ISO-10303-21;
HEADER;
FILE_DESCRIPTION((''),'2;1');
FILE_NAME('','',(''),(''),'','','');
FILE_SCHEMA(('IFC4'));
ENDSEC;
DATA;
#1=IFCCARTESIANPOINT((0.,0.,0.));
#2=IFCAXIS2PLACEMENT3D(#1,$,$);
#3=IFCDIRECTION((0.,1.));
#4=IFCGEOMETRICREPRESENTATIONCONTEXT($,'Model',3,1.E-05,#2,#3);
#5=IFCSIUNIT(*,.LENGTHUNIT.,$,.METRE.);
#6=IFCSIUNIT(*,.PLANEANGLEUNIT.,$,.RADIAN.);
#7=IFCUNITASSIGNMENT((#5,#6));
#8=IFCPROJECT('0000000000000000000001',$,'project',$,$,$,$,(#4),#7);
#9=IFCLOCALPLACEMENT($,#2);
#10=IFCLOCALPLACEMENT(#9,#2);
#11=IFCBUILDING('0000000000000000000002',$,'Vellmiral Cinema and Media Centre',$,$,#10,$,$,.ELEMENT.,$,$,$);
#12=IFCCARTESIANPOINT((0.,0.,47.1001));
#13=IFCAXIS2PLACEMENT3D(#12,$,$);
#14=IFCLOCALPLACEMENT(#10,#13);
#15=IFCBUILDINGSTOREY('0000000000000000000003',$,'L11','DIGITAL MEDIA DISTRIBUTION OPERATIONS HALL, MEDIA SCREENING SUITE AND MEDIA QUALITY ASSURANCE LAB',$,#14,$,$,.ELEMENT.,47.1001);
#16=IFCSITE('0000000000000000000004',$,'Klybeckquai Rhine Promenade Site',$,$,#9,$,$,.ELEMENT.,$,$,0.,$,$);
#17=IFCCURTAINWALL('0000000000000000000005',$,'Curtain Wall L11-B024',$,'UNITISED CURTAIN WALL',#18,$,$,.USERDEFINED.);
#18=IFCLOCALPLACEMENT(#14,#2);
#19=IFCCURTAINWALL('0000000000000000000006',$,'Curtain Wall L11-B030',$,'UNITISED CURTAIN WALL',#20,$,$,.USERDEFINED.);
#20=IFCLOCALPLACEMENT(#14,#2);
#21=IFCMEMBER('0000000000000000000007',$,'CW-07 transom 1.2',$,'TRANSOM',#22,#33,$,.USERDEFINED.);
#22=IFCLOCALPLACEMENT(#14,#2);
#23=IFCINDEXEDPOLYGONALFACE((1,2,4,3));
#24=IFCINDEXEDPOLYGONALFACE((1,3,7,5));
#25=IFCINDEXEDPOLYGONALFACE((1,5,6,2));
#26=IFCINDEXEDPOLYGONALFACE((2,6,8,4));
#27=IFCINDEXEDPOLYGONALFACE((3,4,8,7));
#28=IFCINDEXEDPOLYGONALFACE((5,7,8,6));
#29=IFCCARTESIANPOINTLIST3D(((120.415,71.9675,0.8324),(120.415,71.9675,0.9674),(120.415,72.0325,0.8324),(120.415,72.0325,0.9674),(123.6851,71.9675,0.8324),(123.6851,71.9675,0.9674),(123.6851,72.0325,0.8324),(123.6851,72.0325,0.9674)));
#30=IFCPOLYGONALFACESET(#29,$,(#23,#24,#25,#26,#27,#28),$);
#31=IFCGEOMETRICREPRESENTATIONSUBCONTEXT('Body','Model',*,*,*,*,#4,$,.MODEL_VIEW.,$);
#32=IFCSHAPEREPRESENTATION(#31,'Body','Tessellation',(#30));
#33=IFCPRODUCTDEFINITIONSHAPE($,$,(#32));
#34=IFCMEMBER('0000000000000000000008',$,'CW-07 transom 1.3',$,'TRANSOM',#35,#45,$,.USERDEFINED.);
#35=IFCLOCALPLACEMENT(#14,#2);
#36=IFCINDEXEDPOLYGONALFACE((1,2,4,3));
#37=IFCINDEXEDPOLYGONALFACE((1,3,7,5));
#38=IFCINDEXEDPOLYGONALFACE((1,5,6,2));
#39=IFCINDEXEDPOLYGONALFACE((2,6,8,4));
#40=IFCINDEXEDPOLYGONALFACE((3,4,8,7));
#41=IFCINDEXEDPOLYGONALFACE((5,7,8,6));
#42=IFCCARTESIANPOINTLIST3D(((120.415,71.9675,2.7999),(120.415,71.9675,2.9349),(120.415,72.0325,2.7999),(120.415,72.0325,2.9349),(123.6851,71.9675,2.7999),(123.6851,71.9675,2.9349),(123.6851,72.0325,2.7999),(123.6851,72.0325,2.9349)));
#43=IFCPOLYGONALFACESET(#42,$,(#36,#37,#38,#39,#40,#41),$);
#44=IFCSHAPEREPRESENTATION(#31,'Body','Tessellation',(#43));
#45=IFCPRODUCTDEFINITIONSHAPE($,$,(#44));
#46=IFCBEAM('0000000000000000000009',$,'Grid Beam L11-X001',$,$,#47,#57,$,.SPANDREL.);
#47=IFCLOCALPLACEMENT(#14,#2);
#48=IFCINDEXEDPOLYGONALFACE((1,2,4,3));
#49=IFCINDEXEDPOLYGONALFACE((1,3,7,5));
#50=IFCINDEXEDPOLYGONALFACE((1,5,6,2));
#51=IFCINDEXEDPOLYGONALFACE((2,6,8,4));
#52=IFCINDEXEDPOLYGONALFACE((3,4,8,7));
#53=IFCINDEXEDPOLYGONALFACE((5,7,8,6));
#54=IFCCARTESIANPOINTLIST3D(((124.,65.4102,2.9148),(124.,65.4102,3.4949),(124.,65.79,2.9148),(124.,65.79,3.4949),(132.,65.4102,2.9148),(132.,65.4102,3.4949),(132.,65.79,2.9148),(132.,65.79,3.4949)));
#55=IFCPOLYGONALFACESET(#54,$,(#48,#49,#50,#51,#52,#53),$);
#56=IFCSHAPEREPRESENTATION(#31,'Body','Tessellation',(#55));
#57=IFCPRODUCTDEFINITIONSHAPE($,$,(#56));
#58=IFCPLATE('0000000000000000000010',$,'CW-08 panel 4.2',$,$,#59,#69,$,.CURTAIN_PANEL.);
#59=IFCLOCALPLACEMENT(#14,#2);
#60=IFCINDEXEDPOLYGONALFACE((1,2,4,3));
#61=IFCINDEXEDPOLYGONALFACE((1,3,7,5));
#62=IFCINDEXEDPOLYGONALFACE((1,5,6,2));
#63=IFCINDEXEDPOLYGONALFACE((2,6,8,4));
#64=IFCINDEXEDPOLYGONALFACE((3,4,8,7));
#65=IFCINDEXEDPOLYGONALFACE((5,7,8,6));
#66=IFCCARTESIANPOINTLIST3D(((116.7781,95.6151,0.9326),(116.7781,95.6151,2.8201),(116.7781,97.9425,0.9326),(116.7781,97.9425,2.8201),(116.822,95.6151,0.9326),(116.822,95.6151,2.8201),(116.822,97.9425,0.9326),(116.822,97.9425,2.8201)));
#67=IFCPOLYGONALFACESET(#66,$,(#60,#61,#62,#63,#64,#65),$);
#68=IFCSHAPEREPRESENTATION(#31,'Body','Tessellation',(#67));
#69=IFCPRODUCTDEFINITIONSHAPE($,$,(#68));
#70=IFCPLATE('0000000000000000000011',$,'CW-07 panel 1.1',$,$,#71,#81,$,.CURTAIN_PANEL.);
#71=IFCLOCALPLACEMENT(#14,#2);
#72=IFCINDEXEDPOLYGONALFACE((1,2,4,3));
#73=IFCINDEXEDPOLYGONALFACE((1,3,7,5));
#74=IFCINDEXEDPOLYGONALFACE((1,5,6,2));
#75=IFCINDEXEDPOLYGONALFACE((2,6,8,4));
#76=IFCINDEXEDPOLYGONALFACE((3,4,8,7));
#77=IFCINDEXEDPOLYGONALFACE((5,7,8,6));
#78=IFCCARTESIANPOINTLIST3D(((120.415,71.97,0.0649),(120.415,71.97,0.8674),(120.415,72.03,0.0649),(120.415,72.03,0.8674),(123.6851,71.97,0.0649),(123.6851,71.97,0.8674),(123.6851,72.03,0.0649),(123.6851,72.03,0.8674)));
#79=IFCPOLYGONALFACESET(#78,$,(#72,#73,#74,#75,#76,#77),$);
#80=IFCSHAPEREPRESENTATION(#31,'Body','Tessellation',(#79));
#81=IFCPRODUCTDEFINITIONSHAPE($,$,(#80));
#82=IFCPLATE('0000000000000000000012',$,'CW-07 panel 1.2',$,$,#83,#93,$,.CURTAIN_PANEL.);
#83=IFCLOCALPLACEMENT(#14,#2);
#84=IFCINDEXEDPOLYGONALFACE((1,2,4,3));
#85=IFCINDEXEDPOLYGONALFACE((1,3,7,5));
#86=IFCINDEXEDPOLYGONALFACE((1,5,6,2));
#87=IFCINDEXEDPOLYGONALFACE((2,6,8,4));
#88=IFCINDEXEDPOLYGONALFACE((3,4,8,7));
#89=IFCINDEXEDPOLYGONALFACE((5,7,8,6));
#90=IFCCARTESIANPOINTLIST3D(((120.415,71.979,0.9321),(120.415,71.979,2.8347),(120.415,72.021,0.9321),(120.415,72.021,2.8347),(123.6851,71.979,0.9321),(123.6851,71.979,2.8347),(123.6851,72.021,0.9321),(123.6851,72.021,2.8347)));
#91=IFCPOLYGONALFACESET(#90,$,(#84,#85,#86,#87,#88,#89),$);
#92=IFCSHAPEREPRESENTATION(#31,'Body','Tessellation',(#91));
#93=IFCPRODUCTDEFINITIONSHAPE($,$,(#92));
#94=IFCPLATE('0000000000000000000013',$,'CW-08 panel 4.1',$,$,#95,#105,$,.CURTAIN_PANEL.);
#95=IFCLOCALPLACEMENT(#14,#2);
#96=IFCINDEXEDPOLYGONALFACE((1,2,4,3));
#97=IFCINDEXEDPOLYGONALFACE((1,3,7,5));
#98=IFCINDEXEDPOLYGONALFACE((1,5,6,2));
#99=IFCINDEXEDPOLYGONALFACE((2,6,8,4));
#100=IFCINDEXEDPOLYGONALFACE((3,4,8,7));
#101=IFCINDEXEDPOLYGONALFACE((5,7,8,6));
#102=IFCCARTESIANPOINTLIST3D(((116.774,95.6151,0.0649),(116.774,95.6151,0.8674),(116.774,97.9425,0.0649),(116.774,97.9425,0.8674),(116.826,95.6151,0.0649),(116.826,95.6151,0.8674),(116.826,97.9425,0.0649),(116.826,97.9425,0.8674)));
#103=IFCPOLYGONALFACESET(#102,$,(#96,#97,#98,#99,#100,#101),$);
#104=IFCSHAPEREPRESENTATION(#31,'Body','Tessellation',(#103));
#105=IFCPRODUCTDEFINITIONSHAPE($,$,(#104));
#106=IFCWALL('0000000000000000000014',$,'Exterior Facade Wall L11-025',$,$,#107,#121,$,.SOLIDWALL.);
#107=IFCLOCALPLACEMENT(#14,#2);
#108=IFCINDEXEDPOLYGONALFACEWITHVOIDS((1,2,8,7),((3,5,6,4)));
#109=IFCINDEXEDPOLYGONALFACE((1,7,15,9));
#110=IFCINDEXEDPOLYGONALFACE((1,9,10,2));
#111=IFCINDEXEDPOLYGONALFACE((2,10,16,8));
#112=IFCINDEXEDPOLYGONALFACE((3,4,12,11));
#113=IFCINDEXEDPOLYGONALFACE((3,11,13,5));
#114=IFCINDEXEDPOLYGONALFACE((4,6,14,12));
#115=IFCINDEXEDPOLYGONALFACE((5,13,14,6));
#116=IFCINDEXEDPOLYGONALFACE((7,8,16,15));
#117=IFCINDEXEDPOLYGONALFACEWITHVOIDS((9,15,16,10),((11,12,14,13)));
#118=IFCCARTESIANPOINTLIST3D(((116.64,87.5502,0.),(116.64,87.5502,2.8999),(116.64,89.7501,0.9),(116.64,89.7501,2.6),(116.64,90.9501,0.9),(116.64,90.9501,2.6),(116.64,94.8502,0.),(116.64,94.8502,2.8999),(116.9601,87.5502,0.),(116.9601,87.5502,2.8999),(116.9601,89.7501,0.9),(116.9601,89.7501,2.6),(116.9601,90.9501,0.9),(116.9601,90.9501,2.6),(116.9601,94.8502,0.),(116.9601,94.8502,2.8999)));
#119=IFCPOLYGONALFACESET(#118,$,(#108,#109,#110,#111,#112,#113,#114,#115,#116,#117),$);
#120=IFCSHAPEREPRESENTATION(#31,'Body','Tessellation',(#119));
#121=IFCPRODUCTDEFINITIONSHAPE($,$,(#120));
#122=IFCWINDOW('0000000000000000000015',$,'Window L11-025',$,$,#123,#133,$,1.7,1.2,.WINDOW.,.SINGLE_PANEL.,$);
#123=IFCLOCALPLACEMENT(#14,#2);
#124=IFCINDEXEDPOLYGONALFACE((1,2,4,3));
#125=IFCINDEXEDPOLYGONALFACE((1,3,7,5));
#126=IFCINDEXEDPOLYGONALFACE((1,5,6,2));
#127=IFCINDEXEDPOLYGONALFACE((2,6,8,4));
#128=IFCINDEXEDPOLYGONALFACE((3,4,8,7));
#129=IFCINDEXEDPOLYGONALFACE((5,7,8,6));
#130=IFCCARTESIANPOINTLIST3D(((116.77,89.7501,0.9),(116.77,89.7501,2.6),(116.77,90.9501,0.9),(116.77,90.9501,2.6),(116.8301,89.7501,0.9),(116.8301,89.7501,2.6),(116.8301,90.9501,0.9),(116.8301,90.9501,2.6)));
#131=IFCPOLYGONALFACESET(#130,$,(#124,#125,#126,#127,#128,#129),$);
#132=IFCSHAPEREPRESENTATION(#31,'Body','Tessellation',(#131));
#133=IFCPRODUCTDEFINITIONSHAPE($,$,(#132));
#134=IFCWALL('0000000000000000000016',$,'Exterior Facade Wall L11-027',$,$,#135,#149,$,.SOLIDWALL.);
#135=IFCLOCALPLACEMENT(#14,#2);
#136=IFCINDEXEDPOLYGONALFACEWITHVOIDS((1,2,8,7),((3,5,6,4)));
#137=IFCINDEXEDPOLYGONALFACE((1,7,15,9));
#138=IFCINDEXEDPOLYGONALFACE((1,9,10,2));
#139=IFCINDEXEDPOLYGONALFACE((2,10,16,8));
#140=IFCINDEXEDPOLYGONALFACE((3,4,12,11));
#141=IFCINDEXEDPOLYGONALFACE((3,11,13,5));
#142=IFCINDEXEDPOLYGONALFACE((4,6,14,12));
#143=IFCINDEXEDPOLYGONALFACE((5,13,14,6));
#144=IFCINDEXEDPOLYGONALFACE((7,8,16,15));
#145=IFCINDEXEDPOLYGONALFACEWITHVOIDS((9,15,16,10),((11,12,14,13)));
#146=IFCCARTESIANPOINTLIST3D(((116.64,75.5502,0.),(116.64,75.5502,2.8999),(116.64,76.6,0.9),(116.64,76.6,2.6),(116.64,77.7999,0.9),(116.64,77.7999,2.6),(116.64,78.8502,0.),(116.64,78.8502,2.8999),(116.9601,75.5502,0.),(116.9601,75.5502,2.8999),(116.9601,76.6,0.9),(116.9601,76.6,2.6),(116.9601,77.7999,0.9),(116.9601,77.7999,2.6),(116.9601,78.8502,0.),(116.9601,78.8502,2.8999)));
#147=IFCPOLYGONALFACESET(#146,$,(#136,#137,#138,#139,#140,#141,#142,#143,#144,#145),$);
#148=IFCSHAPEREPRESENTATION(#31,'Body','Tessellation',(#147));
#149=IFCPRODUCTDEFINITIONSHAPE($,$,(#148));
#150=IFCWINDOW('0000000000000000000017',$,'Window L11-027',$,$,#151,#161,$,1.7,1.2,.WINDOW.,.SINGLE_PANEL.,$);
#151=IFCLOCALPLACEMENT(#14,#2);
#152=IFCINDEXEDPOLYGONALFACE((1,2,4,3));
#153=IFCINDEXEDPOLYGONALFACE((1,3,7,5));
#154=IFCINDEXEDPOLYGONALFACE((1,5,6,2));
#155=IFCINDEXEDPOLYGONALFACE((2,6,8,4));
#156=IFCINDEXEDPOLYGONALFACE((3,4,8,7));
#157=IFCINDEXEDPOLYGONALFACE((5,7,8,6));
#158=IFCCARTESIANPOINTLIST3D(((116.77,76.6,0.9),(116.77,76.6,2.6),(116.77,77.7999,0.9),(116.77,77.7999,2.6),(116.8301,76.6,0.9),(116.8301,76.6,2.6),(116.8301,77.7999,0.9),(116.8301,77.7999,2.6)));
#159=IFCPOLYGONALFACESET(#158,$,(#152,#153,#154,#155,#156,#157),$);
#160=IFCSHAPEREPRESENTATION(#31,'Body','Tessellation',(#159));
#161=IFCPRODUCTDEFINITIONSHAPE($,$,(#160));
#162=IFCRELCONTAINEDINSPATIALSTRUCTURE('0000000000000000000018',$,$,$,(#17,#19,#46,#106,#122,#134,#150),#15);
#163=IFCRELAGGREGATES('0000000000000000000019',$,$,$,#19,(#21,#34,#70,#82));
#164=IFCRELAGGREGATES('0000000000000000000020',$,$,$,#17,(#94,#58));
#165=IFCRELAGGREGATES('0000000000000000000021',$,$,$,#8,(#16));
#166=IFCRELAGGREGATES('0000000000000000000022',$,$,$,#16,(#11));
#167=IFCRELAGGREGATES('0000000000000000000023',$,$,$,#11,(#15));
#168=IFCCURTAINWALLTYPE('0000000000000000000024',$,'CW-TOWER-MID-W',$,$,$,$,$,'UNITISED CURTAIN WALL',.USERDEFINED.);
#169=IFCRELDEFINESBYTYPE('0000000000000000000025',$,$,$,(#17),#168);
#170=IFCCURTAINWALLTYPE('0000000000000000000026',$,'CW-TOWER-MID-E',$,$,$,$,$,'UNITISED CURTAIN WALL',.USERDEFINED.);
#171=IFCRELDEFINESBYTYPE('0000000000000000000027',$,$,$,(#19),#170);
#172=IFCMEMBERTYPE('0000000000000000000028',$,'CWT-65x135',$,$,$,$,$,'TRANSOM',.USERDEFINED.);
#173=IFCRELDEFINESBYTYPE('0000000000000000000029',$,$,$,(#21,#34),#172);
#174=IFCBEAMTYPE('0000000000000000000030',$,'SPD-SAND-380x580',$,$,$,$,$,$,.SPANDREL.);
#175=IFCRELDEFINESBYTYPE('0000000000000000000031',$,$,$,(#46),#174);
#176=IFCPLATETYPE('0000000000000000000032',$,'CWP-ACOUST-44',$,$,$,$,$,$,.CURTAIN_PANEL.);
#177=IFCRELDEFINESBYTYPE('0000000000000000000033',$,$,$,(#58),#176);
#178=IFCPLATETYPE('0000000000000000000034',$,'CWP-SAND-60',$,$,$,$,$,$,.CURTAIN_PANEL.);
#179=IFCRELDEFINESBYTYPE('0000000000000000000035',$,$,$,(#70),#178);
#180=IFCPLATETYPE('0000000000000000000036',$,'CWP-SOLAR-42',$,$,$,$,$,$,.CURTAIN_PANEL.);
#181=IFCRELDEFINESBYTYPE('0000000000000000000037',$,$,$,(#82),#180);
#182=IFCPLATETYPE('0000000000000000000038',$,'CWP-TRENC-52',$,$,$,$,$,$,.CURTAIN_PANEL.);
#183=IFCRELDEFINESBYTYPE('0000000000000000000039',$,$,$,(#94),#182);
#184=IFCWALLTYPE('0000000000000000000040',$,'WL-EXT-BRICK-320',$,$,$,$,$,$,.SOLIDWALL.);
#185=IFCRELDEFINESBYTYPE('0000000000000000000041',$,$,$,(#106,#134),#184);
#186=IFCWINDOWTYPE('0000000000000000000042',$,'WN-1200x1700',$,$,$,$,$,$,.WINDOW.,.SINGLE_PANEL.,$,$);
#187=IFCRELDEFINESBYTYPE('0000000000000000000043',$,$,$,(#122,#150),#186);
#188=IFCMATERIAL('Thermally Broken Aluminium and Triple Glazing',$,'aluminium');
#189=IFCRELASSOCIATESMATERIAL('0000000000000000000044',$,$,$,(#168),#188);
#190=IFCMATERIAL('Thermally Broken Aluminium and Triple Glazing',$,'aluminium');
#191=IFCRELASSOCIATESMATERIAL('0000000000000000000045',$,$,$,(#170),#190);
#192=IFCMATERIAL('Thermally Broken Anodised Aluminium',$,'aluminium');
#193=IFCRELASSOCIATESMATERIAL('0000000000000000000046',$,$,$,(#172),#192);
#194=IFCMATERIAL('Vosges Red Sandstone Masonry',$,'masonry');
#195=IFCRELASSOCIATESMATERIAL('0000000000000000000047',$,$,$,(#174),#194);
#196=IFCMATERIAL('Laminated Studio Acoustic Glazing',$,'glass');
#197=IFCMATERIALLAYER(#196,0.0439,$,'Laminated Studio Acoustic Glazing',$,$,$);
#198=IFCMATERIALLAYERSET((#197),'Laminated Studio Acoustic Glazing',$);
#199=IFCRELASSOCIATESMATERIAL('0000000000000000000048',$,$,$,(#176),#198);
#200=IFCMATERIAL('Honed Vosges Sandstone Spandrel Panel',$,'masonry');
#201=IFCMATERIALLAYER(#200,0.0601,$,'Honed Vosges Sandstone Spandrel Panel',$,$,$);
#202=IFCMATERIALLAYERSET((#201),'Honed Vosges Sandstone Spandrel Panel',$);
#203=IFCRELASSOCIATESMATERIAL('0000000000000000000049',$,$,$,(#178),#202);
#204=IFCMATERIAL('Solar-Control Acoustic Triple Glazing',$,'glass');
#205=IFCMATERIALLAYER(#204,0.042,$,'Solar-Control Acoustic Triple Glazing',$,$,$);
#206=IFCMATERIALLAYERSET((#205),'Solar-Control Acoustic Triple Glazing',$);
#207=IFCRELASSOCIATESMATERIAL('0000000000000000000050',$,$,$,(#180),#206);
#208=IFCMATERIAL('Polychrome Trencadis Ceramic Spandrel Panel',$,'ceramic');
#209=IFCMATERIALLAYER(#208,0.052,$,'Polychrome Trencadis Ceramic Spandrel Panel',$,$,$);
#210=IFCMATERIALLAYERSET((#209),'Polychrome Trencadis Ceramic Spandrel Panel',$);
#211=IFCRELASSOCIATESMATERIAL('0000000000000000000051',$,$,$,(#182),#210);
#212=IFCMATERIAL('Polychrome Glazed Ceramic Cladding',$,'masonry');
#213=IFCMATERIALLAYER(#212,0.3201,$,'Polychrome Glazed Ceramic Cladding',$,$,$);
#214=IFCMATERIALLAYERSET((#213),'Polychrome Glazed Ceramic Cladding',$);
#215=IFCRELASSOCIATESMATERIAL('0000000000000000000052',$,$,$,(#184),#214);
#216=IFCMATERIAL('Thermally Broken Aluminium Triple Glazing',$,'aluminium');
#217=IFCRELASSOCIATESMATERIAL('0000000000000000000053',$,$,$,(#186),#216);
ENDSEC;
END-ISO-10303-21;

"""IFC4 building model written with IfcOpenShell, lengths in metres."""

from ifc_helpers import new_model, si_unit, direction, frame, frame_2d, origin, origin_2d, place, context, subcontext, project, spatial, rectangle, extrude, material, layer, layer_set, material_profile, profile_set, type_object, element, fill, aggregate, save


model = new_model("IFC4")

# Units and contexts
model_context = context("Model", 3, precision=1e-05, world=origin(), true_north=direction((0.0, 1.0)))
body_context = subcontext(model_context, "Body", "Model", "MODEL_VIEW")
ifc_project = project(units=[si_unit("LENGTHUNIT", "METRE"), si_unit("PLANEANGLEUNIT", "RADIAN")], contexts=[model_context])

# Site, building, storey
site_placement = place(None, origin())
site = spatial("IfcSite", under=ifc_project, at=site_placement, Name="Klybeckquai Rhine Promenade Site", CompositionType="ELEMENT", RefElevation=0.0)
building_placement = place(site_placement, origin())
building = spatial("IfcBuilding", under=site, at=building_placement, Name="Vellmiral Cinema and Media Centre", CompositionType="ELEMENT")
storey_placement = place(building_placement, frame((0.0, 0.0, 47.1001)))
storey = spatial("IfcBuildingStorey", under=building, at=storey_placement, Name="L11", Description="DIGITAL MEDIA DISTRIBUTION OPERATIONS HALL, MEDIA SCREENING SUITE AND MEDIA QUALITY ASSURANCE LAB", CompositionType="ELEMENT", Elevation=47.1001)

# Curtain wall
ifc_material_1 = material(Name="Thermally Broken Aluminium and Triple Glazing", Category="aluminium")
curtain_wall_type_1 = type_object("IfcCurtainWallType", Name="CW-TOWER-MID-W", ElementType="UNITISED CURTAIN WALL", PredefinedType="USERDEFINED", material=ifc_material_1)
curtain_wall_1_placement = place(storey_placement, origin())
curtain_wall_1 = element("IfcCurtainWall", 1, at=curtain_wall_1_placement, inside=storey, type_object=curtain_wall_type_1, Name="Curtain Wall L11-B024", ObjectType="UNITISED CURTAIN WALL", PredefinedType="USERDEFINED")

# Curtain wall
ifc_material_2 = material(Name="Thermally Broken Aluminium and Triple Glazing", Category="aluminium")
curtain_wall_type_2 = type_object("IfcCurtainWallType", Name="CW-TOWER-MID-E", ElementType="UNITISED CURTAIN WALL", PredefinedType="USERDEFINED", material=ifc_material_2)
curtain_wall_2_placement = place(storey_placement, origin())
curtain_wall_2 = element("IfcCurtainWall", 2, at=curtain_wall_2_placement, inside=storey, type_object=curtain_wall_type_2, Name="Curtain Wall L11-B030", ObjectType="UNITISED CURTAIN WALL", PredefinedType="USERDEFINED")

# Members
ifc_material_3 = material(Name="Thermally Broken Anodised Aluminium", Category="aluminium")
ifc_material_profile_1 = material_profile(ifc_material_3, rectangle(XDim=0.0649, YDim=0.135, at=origin_2d()), Name="MULL 65x135")
ifc_profile_set_1 = profile_set([ifc_material_profile_1], Name="Thermally Broken Anodised Aluminium")
member_type_1 = type_object("IfcMemberType", Name="CWT-65x135", ElementType="TRANSOM", PredefinedType="USERDEFINED", material=ifc_profile_set_1)
member_1_placement = place(storey_placement, frame((120.415, 72.0, 0.8999), z_axis=(1.0, 0.0, 0.0), x_axis=(0.0, 1.0, 0.0)))
member_1 = element("IfcMember", 3, at=member_1_placement, type_object=member_type_1, Name="CW-07 transom 1.2", ObjectType="TRANSOM", PredefinedType="USERDEFINED", context=body_context, shape_type="SweptSolid", body=[
    extrude(rectangle(XDim=0.0649, YDim=0.135, at=origin_2d()), origin(), (0.0, 0.0, 1.0), 3.27),
])
member_2_placement = place(storey_placement, frame((120.415, 72.0, 2.8674), z_axis=(1.0, 0.0, 0.0), x_axis=(0.0, 1.0, 0.0)))
member_2 = element("IfcMember", 4, at=member_2_placement, type_object=member_type_1, Name="CW-07 transom 1.3", ObjectType="TRANSOM", PredefinedType="USERDEFINED", context=body_context, shape_type="SweptSolid", body=[
    extrude(rectangle(XDim=0.0649, YDim=0.135, at=origin_2d()), origin(), (0.0, 0.0, 1.0), 3.27),
])

# Beam
ifc_material_4 = material(Name="Vosges Red Sandstone Masonry", Category="masonry")
ifc_material_profile_2 = material_profile(ifc_material_4, rectangle(XDim=0.3799, YDim=0.5801, at=origin_2d()), Name="SAND 380x580")
ifc_profile_set_2 = profile_set([ifc_material_profile_2], Name="Vosges Red Sandstone Masonry")
beam_type = type_object("IfcBeamType", Name="SPD-SAND-380x580", PredefinedType="SPANDREL", material=ifc_profile_set_2)
beam_placement = place(storey_placement, frame((124.0, 65.6001, 3.2048), z_axis=(1.0, 0.0, 0.0), x_axis=(0.0, 1.0, 0.0)))
element("IfcBeam", 5, at=beam_placement, inside=storey, type_object=beam_type, Name="Grid Beam L11-X001", PredefinedType="SPANDREL", context=body_context, shape_type="SweptSolid", body=[
    extrude(rectangle(XDim=0.3799, YDim=0.5801, at=origin_2d()), origin(), (0.0, 0.0, 1.0), 8.0),
])

# Plates
ifc_material_5 = material(Name="Laminated Studio Acoustic Glazing", Category="glass")
ifc_layer_1 = layer(ifc_material_5, 0.0439, Name="Laminated Studio Acoustic Glazing")
ifc_layer_set_1 = layer_set([ifc_layer_1], Name="Laminated Studio Acoustic Glazing")
plate_type_1 = type_object("IfcPlateType", Name="CWP-ACOUST-44", PredefinedType="CURTAIN_PANEL", material=ifc_layer_set_1)
plate_1_placement = place(storey_placement, frame((116.8, 96.7788, 0.9326), z_axis=(0.0, 0.0, 1.0), x_axis=(0.0, -1.0, 0.0)))
plate_1 = element("IfcPlate", 6, at=plate_1_placement, type_object=plate_type_1, Name="CW-08 panel 4.2", PredefinedType="CURTAIN_PANEL", context=body_context, shape_type="SweptSolid", body=[
    extrude(rectangle(XDim=2.3274, YDim=0.0439, at=origin_2d()), origin(), (0.0, 0.0, 1.0), 1.8875),
])
ifc_material_6 = material(Name="Honed Vosges Sandstone Spandrel Panel", Category="masonry")
ifc_layer_2 = layer(ifc_material_6, 0.0601, Name="Honed Vosges Sandstone Spandrel Panel")
ifc_layer_set_2 = layer_set([ifc_layer_2], Name="Honed Vosges Sandstone Spandrel Panel")
plate_type_2 = type_object("IfcPlateType", Name="CWP-SAND-60", PredefinedType="CURTAIN_PANEL", material=ifc_layer_set_2)
plate_2_placement = place(storey_placement, frame((122.05, 72.0, 0.0649), z_axis=(0.0, 0.0, 1.0), x_axis=(1.0, 0.0, 0.0)))
plate_2 = element("IfcPlate", 7, at=plate_2_placement, type_object=plate_type_2, Name="CW-07 panel 1.1", PredefinedType="CURTAIN_PANEL", context=body_context, shape_type="SweptSolid", body=[
    extrude(rectangle(XDim=3.27, YDim=0.0601, at=origin_2d()), origin(), (0.0, 0.0, 1.0), 0.8025),
])
ifc_material_7 = material(Name="Solar-Control Acoustic Triple Glazing", Category="glass")
ifc_layer_3 = layer(ifc_material_7, 0.042, Name="Solar-Control Acoustic Triple Glazing")
ifc_layer_set_3 = layer_set([ifc_layer_3], Name="Solar-Control Acoustic Triple Glazing")
plate_type_3 = type_object("IfcPlateType", Name="CWP-SOLAR-42", PredefinedType="CURTAIN_PANEL", material=ifc_layer_set_3)
plate_3_placement = place(storey_placement, frame((122.05, 72.0, 0.9321), z_axis=(0.0, 0.0, 1.0), x_axis=(1.0, 0.0, 0.0)))
plate_3 = element("IfcPlate", 8, at=plate_3_placement, type_object=plate_type_3, Name="CW-07 panel 1.2", PredefinedType="CURTAIN_PANEL", context=body_context, shape_type="SweptSolid", body=[
    extrude(rectangle(XDim=3.27, YDim=0.042, at=origin_2d()), origin(), (0.0, 0.0, 1.0), 1.9026),
])
aggregate(curtain_wall_2, [member_1, member_2, plate_2, plate_3])
ifc_material_8 = material(Name="Polychrome Trencadis Ceramic Spandrel Panel", Category="ceramic")
ifc_layer_4 = layer(ifc_material_8, 0.052, Name="Polychrome Trencadis Ceramic Spandrel Panel")
ifc_layer_set_4 = layer_set([ifc_layer_4], Name="Polychrome Trencadis Ceramic Spandrel Panel")
plate_type_4 = type_object("IfcPlateType", Name="CWP-TRENC-52", PredefinedType="CURTAIN_PANEL", material=ifc_layer_set_4)
plate_4_placement = place(storey_placement, frame((116.8, 96.7788, 0.0649), z_axis=(0.0, 0.0, 1.0), x_axis=(0.0, -1.0, 0.0)))
plate_4 = element("IfcPlate", 9, at=plate_4_placement, type_object=plate_type_4, Name="CW-08 panel 4.1", PredefinedType="CURTAIN_PANEL", context=body_context, shape_type="SweptSolid", body=[
    extrude(rectangle(XDim=2.3274, YDim=0.052, at=origin_2d()), origin(), (0.0, 0.0, 1.0), 0.8025),
])
aggregate(curtain_wall_1, [plate_4, plate_1])

# Walls, openings, windows
ifc_material_9 = material(Name="Polychrome Glazed Ceramic Cladding", Category="masonry")
ifc_layer_5 = layer(ifc_material_9, 0.3201, Name="Polychrome Glazed Ceramic Cladding")
ifc_layer_set_5 = layer_set([ifc_layer_5], Name="Polychrome Glazed Ceramic Cladding")
wall_type_1 = type_object("IfcWallType", Name="WL-EXT-BRICK-320", PredefinedType="SOLIDWALL", material=ifc_layer_set_5)
wall_1_placement = place(storey_placement, frame((116.8, 94.8501, 0.0), z_axis=(0.0, 0.0, 1.0), x_axis=(0.0, -1.0, 0.0)))
wall_1 = element("IfcWall", 10, at=wall_1_placement, inside=storey, type_object=wall_type_1, Name="Exterior Facade Wall L11-025", PredefinedType="SOLIDWALL", context=body_context, shape_type="SweptSolid", body=[
    extrude(rectangle(XDim=7.3, YDim=0.3201, at=frame_2d((3.6499, 0.0))), origin(), (0.0, 0.0, 1.0), 2.8999),
])
opening_1_placement = place(wall_1_placement, frame((3.8999, 0.0, 0.8999)))
opening_1 = element("IfcOpeningElement", 11, at=opening_1_placement, cuts=wall_1, PredefinedType="OPENING", context=body_context, shape_type="SweptSolid", body=[
    extrude(rectangle(XDim=1.2, YDim=1.7, at=frame_2d((0.6001, 0.8501))), frame((0.0, 0.1719, 0.0), z_axis=(0.0, -1.0, 0.0), x_axis=(1.0, 0.0, 0.0)), (0.0, 0.0, 1.0), 0.344),
])
ifc_material_10 = material(Name="Thermally Broken Aluminium Triple Glazing", Category="aluminium")
window_type = type_object("IfcWindowType", Name="WN-1200x1700", PartitioningType="SINGLE_PANEL", PredefinedType="WINDOW", material=ifc_material_10)
window_1_placement = place(opening_1_placement, origin())
window_1 = element("IfcWindow", 12, at=window_1_placement, inside=storey, type_object=window_type, Name="Window L11-025", OverallHeight=1.7, OverallWidth=1.2, PartitioningType="SINGLE_PANEL", PredefinedType="WINDOW", context=body_context, shape_type="SweptSolid", body=[
    extrude(rectangle(XDim=1.2, YDim=1.7, at=frame_2d((0.6001, 0.8501))), frame((0.0, 0.03, 0.0), z_axis=(0.0, -1.0, 0.0), x_axis=(1.0, 0.0, 0.0)), (0.0, 0.0, 1.0), 0.0601),
])
fill(opening_1, window_1)
wall_2_placement = place(storey_placement, frame((116.8, 78.8501, 0.0), z_axis=(0.0, 0.0, 1.0), x_axis=(0.0, -1.0, 0.0)))
wall_2 = element("IfcWall", 13, at=wall_2_placement, inside=storey, type_object=wall_type_1, Name="Exterior Facade Wall L11-027", PredefinedType="SOLIDWALL", context=body_context, shape_type="SweptSolid", body=[
    extrude(rectangle(XDim=3.3, YDim=0.3201, at=frame_2d((1.6499, 0.0))), origin(), (0.0, 0.0, 1.0), 2.8999),
])
opening_2_placement = place(wall_2_placement, frame((1.05, 0.0, 0.8999)))
opening_2 = element("IfcOpeningElement", 14, at=opening_2_placement, cuts=wall_2, PredefinedType="OPENING", context=body_context, shape_type="SweptSolid", body=[
    extrude(rectangle(XDim=1.2, YDim=1.7, at=frame_2d((0.6001, 0.8501))), frame((0.0, 0.1719, 0.0), z_axis=(0.0, -1.0, 0.0), x_axis=(1.0, 0.0, 0.0)), (0.0, 0.0, 1.0), 0.344),
])
window_2_placement = place(opening_2_placement, origin())
window_2 = element("IfcWindow", 15, at=window_2_placement, inside=storey, type_object=window_type, Name="Window L11-027", OverallHeight=1.7, OverallWidth=1.2, PartitioningType="SINGLE_PANEL", PredefinedType="WINDOW", context=body_context, shape_type="SweptSolid", body=[
    extrude(rectangle(XDim=1.2, YDim=1.7, at=frame_2d((0.6001, 0.8501))), frame((0.0, 0.03, 0.0), z_axis=(0.0, -1.0, 0.0), x_axis=(1.0, 0.0, 0.0)), (0.0, 0.0, 1.0), 0.0601),
])
fill(opening_2, window_2)

save(model, "model.ifc")
